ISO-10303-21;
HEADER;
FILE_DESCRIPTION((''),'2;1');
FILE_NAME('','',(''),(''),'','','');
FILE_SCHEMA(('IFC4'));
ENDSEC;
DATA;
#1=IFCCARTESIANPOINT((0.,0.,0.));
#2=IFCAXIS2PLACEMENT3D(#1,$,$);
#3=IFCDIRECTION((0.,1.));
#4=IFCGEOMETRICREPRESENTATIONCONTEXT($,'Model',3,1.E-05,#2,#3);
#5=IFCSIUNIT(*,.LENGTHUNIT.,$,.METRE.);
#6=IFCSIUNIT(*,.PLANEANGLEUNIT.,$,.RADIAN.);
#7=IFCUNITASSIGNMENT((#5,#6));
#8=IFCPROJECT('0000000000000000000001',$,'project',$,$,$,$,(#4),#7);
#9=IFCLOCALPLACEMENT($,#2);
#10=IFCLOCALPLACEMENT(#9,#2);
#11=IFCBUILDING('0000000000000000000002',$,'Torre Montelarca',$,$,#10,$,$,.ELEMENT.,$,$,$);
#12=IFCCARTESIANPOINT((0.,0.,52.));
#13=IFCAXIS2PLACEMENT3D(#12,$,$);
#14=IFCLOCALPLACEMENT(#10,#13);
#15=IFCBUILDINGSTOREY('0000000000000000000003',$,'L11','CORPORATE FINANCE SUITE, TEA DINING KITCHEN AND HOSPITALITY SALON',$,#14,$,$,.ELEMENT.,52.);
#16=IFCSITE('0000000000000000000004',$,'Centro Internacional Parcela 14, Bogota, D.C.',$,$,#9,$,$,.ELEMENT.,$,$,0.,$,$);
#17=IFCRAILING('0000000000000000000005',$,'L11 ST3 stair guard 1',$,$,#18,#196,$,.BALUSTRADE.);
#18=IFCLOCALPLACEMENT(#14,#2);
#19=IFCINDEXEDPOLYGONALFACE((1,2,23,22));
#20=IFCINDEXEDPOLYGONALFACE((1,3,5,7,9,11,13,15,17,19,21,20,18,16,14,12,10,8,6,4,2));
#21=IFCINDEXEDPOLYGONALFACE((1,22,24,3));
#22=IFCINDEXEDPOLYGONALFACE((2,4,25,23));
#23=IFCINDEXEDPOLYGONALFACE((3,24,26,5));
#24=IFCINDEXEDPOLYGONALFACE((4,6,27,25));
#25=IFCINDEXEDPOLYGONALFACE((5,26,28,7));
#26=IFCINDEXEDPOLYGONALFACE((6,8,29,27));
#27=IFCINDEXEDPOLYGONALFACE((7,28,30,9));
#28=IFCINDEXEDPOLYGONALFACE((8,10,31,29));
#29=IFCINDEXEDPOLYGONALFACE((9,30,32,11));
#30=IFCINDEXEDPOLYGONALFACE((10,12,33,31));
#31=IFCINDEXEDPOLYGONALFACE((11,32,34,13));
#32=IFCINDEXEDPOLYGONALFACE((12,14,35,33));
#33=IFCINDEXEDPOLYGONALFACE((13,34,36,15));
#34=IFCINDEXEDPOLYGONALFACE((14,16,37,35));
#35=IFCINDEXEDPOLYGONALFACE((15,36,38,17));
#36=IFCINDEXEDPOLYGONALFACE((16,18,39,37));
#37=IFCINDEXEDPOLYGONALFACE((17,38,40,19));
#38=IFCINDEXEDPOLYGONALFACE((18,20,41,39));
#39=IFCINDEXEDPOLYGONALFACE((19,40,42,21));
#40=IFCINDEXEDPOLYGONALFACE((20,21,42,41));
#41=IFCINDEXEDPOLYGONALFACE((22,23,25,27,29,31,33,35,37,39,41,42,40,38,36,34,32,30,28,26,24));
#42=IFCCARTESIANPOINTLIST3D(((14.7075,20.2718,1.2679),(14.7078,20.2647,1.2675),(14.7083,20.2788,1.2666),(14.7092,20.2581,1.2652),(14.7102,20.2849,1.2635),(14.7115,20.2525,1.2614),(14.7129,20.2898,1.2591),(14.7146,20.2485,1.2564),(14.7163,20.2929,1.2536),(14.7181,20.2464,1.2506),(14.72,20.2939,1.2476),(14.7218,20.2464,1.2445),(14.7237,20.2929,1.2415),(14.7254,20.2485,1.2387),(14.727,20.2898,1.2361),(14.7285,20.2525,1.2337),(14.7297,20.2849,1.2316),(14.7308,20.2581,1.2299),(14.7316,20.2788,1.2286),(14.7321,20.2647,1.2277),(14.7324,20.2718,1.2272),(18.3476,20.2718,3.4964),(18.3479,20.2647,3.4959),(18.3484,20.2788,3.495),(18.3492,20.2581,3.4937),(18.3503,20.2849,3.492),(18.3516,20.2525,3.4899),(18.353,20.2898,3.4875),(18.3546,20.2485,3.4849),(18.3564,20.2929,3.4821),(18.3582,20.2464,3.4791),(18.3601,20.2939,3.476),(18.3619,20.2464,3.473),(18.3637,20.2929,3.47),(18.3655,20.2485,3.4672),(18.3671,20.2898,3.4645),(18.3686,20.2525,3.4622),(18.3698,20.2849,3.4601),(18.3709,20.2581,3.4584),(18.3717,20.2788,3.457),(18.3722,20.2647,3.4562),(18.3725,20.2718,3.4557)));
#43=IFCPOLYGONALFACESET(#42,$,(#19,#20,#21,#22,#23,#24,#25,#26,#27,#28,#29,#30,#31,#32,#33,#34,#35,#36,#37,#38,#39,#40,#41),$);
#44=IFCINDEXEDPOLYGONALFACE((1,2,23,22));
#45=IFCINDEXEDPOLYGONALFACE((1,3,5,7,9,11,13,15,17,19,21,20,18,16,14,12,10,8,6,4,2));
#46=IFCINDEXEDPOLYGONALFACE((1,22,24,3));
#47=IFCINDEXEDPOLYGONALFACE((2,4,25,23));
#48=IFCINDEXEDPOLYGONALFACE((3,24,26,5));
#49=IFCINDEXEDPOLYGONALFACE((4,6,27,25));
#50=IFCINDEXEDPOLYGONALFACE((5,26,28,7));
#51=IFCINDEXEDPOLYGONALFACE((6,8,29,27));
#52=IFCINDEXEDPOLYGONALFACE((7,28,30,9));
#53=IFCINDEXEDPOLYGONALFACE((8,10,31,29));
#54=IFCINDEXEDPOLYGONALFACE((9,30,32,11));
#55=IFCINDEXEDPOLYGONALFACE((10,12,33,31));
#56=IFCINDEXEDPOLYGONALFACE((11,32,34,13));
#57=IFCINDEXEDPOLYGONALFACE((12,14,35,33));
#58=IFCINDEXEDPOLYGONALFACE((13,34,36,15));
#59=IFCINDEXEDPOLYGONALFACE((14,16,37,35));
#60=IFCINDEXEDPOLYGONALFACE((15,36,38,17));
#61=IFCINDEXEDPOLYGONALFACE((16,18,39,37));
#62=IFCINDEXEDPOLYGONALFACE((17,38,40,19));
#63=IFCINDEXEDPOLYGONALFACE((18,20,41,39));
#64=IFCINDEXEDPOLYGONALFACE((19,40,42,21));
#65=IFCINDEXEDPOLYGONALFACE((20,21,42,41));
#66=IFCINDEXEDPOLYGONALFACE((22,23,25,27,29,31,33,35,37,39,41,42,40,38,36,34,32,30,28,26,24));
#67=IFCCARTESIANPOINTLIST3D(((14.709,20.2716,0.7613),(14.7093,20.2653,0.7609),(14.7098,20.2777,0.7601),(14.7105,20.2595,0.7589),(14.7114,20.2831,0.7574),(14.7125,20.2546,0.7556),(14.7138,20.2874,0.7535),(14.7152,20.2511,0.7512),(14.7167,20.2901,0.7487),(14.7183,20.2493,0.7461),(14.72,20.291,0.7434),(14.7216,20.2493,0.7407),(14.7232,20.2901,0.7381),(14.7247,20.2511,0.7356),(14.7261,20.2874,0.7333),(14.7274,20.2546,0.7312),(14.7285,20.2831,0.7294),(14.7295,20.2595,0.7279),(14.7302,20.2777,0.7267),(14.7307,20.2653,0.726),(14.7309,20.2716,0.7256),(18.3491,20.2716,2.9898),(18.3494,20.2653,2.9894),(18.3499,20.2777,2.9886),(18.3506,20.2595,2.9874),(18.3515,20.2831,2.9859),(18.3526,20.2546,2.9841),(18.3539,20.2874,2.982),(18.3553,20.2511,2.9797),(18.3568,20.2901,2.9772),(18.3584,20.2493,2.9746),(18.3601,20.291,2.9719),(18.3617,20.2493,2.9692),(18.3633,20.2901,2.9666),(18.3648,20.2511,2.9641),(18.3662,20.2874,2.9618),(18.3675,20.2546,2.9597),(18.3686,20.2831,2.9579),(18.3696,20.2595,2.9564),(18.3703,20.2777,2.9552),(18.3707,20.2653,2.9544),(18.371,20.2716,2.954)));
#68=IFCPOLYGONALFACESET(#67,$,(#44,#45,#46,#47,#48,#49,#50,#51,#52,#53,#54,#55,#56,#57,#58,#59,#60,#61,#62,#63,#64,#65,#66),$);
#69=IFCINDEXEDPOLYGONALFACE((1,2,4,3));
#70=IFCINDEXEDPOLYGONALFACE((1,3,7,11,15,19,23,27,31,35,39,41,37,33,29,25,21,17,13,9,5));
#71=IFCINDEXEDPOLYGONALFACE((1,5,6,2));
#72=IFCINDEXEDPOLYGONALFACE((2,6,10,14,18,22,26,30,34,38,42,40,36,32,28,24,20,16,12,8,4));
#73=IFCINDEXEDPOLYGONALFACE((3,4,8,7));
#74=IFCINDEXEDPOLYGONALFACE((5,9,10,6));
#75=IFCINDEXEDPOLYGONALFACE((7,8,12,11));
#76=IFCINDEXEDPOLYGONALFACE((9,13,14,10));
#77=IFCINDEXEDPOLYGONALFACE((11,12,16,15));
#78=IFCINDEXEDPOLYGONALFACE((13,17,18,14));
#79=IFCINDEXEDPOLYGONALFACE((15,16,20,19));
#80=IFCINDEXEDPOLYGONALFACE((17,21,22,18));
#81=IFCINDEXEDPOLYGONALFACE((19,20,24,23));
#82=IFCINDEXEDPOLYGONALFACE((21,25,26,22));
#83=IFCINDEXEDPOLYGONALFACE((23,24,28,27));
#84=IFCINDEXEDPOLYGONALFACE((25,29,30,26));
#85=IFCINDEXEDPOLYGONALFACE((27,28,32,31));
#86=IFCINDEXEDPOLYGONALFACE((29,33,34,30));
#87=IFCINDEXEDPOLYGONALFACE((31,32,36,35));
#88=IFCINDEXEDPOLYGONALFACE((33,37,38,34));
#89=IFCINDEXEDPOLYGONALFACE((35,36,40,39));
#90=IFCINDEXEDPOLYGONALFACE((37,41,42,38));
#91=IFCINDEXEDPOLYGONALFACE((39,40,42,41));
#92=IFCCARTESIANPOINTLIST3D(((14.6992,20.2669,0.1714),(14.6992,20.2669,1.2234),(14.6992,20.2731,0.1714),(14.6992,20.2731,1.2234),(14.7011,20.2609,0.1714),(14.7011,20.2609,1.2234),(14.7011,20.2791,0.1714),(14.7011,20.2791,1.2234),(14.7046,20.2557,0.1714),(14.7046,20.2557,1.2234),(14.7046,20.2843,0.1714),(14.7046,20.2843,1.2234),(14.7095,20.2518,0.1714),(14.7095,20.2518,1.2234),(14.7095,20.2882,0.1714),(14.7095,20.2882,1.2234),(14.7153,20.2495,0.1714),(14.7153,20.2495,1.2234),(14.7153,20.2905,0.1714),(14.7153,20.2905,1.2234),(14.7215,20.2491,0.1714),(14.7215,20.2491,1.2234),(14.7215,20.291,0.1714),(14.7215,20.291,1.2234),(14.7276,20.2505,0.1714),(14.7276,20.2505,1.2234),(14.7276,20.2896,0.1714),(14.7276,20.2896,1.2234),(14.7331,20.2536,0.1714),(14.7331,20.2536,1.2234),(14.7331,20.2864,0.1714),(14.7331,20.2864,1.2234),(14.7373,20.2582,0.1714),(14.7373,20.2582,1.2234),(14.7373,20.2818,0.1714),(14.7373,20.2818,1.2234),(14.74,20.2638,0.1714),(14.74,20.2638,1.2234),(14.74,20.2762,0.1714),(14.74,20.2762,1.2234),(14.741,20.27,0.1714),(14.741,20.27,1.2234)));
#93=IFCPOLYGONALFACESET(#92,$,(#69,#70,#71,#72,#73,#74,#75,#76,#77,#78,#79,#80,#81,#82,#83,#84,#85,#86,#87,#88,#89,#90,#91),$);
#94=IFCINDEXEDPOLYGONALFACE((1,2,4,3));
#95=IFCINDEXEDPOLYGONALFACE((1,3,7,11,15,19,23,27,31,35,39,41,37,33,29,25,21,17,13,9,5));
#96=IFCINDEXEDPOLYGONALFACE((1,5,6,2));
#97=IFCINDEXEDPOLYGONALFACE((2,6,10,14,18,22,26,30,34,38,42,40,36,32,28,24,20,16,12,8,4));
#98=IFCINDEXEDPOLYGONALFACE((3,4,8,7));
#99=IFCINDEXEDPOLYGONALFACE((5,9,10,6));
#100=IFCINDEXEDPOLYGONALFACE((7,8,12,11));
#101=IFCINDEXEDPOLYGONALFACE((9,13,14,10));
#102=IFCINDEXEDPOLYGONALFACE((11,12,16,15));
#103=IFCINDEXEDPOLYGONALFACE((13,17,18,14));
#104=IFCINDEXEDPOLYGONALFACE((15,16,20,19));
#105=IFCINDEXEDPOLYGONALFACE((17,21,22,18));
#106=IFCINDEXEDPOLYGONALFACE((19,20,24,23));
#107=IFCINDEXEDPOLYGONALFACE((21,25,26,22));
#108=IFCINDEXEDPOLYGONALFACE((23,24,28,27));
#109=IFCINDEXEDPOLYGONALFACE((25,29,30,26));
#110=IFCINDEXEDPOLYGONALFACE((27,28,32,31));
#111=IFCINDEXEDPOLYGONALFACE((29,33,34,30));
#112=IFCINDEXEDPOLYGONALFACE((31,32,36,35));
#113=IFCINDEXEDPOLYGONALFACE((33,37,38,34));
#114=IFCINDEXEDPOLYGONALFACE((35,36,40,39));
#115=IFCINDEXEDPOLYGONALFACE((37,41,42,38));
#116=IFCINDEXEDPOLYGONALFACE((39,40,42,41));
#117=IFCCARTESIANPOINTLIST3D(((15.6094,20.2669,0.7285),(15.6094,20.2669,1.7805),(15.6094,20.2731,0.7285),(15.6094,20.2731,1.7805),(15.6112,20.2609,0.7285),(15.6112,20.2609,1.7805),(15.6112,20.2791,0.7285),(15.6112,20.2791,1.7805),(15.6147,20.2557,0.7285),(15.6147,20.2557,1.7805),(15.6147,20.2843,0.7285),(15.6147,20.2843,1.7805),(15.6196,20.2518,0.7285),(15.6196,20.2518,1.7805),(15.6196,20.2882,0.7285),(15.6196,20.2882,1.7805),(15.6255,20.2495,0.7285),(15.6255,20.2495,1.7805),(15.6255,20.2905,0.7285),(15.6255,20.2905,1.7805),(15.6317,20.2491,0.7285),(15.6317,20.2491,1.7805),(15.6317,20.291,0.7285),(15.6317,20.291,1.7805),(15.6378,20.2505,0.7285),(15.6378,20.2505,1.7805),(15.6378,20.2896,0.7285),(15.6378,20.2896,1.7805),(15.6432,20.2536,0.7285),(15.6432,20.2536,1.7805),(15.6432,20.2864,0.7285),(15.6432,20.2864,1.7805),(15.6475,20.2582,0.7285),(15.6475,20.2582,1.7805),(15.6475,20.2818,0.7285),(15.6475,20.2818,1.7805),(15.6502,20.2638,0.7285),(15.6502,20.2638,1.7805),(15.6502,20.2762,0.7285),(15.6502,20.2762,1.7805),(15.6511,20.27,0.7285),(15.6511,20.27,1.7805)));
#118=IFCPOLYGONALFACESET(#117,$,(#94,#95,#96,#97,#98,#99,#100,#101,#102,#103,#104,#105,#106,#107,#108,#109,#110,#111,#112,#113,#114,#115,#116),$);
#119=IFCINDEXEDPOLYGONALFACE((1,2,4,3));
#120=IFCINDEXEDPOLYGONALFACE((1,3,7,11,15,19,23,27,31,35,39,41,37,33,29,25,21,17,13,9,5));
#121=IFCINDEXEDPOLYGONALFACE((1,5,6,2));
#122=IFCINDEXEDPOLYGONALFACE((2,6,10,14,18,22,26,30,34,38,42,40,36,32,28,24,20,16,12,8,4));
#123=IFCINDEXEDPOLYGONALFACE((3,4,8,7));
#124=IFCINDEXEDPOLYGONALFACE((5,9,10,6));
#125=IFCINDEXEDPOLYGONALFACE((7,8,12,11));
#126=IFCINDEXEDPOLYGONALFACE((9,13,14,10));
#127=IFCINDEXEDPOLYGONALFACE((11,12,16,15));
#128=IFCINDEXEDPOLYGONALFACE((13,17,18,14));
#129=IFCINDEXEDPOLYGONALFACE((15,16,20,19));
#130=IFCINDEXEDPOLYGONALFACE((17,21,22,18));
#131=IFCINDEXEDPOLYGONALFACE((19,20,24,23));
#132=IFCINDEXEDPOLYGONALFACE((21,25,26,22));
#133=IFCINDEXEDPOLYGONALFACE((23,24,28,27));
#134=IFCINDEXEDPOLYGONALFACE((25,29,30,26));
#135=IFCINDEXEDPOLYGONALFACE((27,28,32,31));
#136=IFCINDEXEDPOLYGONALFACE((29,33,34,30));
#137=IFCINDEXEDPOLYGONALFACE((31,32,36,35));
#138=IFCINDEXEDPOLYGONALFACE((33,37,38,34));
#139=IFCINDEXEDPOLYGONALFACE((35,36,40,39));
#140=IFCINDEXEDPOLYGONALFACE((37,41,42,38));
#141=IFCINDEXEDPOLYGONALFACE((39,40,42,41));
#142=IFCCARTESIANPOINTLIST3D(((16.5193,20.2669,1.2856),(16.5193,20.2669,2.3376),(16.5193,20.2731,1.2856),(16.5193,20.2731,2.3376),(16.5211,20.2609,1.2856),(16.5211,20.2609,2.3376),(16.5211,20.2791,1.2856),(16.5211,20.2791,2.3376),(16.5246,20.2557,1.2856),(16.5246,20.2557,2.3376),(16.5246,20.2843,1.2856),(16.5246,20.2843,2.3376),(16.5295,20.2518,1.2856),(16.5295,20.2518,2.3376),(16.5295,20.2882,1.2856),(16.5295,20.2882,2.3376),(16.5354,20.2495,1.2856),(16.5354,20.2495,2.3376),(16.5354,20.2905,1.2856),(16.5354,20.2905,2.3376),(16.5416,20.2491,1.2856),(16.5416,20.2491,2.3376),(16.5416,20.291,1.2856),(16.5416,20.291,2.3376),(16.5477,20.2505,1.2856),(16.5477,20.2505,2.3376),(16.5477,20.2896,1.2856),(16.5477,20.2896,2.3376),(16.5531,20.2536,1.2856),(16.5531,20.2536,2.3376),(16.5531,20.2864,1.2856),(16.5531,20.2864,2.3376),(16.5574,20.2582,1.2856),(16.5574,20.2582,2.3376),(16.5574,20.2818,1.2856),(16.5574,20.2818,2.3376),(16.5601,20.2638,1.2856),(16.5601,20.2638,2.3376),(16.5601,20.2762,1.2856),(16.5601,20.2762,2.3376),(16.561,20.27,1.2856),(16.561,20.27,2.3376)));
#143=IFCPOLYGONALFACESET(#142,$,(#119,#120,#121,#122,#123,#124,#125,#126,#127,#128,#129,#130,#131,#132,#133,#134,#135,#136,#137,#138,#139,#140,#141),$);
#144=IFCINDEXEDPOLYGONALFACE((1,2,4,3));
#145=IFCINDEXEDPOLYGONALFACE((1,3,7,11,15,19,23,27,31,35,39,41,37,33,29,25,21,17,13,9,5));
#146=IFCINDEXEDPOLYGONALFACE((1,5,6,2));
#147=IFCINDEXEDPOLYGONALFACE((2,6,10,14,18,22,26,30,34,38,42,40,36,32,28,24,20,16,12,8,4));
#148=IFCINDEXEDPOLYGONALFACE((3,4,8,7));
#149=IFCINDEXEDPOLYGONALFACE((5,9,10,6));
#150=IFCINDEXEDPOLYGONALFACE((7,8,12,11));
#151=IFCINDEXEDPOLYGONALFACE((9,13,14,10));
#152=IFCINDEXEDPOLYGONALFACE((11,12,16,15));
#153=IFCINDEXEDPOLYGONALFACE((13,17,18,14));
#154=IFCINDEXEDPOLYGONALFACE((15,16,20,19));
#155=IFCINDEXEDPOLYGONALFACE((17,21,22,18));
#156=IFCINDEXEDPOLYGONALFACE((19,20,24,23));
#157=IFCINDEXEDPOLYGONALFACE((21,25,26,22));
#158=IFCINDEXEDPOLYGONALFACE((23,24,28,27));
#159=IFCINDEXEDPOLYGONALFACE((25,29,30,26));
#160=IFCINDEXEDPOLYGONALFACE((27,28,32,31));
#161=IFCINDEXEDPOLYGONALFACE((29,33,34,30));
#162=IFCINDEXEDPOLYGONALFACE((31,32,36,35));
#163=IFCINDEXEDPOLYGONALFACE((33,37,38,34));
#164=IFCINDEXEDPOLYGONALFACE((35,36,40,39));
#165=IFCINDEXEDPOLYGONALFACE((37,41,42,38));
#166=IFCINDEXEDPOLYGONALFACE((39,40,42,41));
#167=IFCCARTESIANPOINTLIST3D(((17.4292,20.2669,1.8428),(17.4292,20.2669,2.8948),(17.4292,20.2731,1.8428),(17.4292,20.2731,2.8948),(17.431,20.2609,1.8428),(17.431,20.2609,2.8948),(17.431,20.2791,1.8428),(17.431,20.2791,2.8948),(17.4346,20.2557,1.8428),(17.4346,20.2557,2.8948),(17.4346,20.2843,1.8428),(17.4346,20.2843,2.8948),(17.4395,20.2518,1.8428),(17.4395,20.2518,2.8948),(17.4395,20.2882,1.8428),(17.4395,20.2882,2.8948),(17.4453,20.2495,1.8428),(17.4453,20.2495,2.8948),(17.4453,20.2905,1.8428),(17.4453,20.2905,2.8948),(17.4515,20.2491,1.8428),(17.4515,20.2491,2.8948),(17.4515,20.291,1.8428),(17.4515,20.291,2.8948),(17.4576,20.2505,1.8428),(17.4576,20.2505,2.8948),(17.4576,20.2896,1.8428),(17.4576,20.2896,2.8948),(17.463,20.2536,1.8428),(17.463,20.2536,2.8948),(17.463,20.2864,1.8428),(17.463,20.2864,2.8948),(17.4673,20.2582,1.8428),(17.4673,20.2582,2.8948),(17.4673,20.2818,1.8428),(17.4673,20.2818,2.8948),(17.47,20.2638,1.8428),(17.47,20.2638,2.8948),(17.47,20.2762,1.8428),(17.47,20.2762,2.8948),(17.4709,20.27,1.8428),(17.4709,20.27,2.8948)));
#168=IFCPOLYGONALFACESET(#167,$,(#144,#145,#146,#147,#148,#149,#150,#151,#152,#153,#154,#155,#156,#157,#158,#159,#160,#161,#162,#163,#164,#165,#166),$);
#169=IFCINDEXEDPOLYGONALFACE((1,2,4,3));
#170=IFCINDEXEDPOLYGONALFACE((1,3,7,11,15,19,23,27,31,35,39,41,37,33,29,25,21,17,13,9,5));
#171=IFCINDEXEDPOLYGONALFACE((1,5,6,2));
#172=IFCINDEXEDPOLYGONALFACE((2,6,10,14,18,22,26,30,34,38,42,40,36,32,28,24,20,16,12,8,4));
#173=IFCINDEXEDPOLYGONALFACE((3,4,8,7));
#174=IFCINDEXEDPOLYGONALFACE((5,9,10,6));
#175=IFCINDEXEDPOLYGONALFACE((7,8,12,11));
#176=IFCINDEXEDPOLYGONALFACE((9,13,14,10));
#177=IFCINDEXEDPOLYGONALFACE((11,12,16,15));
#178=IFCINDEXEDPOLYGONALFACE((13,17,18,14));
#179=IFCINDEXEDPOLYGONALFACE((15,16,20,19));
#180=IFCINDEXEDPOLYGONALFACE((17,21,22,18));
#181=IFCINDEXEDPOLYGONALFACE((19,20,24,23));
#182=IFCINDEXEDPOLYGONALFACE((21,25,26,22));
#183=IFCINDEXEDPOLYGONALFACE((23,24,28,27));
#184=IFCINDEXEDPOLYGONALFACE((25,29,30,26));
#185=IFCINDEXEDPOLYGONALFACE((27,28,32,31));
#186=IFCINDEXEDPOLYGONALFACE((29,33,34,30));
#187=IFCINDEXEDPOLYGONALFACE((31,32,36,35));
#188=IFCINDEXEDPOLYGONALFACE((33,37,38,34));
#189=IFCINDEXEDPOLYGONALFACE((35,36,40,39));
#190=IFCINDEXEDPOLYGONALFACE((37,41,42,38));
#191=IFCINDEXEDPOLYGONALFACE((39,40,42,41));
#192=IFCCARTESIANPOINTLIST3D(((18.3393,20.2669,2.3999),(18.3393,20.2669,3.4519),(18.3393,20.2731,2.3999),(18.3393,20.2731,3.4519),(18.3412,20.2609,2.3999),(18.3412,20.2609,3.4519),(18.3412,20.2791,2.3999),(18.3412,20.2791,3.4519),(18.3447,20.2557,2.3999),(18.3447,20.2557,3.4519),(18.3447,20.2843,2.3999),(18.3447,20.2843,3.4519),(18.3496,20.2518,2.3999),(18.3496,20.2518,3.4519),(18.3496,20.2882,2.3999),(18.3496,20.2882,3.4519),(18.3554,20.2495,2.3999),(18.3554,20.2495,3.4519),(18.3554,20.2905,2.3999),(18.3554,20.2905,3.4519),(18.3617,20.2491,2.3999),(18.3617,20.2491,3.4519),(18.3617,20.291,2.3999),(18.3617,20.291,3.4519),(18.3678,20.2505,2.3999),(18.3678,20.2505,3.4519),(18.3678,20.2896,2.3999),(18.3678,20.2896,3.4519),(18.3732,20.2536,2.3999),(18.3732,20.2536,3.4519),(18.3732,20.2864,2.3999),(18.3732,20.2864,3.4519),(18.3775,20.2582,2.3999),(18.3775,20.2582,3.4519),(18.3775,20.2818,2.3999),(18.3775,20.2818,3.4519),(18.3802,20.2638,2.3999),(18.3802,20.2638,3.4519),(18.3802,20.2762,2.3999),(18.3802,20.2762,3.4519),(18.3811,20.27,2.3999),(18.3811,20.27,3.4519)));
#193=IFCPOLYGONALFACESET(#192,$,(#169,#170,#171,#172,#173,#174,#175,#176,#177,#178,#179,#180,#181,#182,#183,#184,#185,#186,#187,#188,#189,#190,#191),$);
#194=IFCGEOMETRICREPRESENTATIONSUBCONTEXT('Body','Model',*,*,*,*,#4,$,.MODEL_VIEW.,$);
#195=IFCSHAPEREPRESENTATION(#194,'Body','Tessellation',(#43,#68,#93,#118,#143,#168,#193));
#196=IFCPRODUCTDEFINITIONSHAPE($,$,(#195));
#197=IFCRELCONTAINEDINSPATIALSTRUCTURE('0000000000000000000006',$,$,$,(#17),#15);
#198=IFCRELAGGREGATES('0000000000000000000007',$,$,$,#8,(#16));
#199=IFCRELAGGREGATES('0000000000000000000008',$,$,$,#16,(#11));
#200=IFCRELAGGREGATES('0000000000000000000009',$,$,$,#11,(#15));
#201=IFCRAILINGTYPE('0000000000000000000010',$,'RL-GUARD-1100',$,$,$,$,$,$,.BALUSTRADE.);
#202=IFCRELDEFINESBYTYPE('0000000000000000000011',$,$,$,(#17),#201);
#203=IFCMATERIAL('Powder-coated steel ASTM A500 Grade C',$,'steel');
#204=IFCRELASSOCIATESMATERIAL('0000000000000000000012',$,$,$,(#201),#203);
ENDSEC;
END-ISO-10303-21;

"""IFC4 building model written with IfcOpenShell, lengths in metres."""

from ifc_helpers import new_model, si_unit, direction, frame, origin, origin_2d, place, context, subcontext, project, spatial, circle, extrude, material, type_object, element, save


model = new_model("IFC4")

# Units and contexts
model_context = context("Model", 3, precision=1e-05, world=origin(), true_north=direction((0.0, 1.0)))
body_context = subcontext(model_context, "Body", "Model", "MODEL_VIEW")
ifc_project = project(units=[si_unit("LENGTHUNIT", "METRE"), si_unit("PLANEANGLEUNIT", "RADIAN")], contexts=[model_context])

# Site, building, storey
site_placement = place(None, origin())
site = spatial("IfcSite", under=ifc_project, at=site_placement, Name="Centro Internacional Parcela 14, Bogota, D.C.", CompositionType="ELEMENT", RefElevation=0.0)
building_placement = place(site_placement, origin())
building = spatial("IfcBuilding", under=site, at=building_placement, Name="Torre Montelarca", CompositionType="ELEMENT")
storey_placement = place(building_placement, frame((0.0, 0.0, 52.0)))
storey = spatial("IfcBuildingStorey", under=building, at=storey_placement, Name="L11", Description="CORPORATE FINANCE SUITE, TEA DINING KITCHEN AND HOSPITALITY SALON", CompositionType="ELEMENT", Elevation=52.0)

# Railing
ifc_material_1 = material(Name="Powder-coated steel ASTM A500 Grade C", Category="steel")
railing_type_1 = type_object("IfcRailingType", Name="RL-GUARD-1100", PredefinedType="BALUSTRADE", material=ifc_material_1)
railing_1_placement = place(storey_placement, frame((14.72, 20.27, 0.1714)))
element("IfcRailing", 1, at=railing_1_placement, inside=storey, type_object=railing_type_1, Name="L11 ST3 stair guard 1", PredefinedType="BALUSTRADE", context=body_context, shape_type="SweptSolid", body=[
    extrude(circle(Radius=0.0239, at=origin_2d()), frame((0.0, 0.0, 1.0762), z_axis=(0.852866, 0.0, 0.52213), x_axis=(0.0, 1.0, 0.0)), (0.0, 0.0, 1.0), 4.2681),
    extrude(circle(Radius=0.021, at=origin_2d()), frame((0.0, 0.0, 0.572), z_axis=(0.852866, 0.0, 0.52213), x_axis=(0.0, 1.0, 0.0)), (0.0, 0.0, 1.0), 4.2681),
    extrude(circle(Radius=0.021, at=origin_2d()), origin(), (0.0, 0.0, 1.0), 1.052),
    extrude(circle(Radius=0.021, at=origin_2d()), frame((0.9102, 0.0, 0.5571)), (0.0, 0.0, 1.0), 1.052),
    extrude(circle(Radius=0.021, at=origin_2d()), frame((1.8201, 0.0, 1.1143)), (0.0, 0.0, 1.0), 1.052),
    extrude(circle(Radius=0.021, at=origin_2d()), frame((2.73, 0.0, 1.6714)), (0.0, 0.0, 1.0), 1.052),
    extrude(circle(Radius=0.021, at=origin_2d()), frame((3.6401, 0.0, 2.2285)), (0.0, 0.0, 1.0), 1.052),
])

save(model, "model.ifc")
